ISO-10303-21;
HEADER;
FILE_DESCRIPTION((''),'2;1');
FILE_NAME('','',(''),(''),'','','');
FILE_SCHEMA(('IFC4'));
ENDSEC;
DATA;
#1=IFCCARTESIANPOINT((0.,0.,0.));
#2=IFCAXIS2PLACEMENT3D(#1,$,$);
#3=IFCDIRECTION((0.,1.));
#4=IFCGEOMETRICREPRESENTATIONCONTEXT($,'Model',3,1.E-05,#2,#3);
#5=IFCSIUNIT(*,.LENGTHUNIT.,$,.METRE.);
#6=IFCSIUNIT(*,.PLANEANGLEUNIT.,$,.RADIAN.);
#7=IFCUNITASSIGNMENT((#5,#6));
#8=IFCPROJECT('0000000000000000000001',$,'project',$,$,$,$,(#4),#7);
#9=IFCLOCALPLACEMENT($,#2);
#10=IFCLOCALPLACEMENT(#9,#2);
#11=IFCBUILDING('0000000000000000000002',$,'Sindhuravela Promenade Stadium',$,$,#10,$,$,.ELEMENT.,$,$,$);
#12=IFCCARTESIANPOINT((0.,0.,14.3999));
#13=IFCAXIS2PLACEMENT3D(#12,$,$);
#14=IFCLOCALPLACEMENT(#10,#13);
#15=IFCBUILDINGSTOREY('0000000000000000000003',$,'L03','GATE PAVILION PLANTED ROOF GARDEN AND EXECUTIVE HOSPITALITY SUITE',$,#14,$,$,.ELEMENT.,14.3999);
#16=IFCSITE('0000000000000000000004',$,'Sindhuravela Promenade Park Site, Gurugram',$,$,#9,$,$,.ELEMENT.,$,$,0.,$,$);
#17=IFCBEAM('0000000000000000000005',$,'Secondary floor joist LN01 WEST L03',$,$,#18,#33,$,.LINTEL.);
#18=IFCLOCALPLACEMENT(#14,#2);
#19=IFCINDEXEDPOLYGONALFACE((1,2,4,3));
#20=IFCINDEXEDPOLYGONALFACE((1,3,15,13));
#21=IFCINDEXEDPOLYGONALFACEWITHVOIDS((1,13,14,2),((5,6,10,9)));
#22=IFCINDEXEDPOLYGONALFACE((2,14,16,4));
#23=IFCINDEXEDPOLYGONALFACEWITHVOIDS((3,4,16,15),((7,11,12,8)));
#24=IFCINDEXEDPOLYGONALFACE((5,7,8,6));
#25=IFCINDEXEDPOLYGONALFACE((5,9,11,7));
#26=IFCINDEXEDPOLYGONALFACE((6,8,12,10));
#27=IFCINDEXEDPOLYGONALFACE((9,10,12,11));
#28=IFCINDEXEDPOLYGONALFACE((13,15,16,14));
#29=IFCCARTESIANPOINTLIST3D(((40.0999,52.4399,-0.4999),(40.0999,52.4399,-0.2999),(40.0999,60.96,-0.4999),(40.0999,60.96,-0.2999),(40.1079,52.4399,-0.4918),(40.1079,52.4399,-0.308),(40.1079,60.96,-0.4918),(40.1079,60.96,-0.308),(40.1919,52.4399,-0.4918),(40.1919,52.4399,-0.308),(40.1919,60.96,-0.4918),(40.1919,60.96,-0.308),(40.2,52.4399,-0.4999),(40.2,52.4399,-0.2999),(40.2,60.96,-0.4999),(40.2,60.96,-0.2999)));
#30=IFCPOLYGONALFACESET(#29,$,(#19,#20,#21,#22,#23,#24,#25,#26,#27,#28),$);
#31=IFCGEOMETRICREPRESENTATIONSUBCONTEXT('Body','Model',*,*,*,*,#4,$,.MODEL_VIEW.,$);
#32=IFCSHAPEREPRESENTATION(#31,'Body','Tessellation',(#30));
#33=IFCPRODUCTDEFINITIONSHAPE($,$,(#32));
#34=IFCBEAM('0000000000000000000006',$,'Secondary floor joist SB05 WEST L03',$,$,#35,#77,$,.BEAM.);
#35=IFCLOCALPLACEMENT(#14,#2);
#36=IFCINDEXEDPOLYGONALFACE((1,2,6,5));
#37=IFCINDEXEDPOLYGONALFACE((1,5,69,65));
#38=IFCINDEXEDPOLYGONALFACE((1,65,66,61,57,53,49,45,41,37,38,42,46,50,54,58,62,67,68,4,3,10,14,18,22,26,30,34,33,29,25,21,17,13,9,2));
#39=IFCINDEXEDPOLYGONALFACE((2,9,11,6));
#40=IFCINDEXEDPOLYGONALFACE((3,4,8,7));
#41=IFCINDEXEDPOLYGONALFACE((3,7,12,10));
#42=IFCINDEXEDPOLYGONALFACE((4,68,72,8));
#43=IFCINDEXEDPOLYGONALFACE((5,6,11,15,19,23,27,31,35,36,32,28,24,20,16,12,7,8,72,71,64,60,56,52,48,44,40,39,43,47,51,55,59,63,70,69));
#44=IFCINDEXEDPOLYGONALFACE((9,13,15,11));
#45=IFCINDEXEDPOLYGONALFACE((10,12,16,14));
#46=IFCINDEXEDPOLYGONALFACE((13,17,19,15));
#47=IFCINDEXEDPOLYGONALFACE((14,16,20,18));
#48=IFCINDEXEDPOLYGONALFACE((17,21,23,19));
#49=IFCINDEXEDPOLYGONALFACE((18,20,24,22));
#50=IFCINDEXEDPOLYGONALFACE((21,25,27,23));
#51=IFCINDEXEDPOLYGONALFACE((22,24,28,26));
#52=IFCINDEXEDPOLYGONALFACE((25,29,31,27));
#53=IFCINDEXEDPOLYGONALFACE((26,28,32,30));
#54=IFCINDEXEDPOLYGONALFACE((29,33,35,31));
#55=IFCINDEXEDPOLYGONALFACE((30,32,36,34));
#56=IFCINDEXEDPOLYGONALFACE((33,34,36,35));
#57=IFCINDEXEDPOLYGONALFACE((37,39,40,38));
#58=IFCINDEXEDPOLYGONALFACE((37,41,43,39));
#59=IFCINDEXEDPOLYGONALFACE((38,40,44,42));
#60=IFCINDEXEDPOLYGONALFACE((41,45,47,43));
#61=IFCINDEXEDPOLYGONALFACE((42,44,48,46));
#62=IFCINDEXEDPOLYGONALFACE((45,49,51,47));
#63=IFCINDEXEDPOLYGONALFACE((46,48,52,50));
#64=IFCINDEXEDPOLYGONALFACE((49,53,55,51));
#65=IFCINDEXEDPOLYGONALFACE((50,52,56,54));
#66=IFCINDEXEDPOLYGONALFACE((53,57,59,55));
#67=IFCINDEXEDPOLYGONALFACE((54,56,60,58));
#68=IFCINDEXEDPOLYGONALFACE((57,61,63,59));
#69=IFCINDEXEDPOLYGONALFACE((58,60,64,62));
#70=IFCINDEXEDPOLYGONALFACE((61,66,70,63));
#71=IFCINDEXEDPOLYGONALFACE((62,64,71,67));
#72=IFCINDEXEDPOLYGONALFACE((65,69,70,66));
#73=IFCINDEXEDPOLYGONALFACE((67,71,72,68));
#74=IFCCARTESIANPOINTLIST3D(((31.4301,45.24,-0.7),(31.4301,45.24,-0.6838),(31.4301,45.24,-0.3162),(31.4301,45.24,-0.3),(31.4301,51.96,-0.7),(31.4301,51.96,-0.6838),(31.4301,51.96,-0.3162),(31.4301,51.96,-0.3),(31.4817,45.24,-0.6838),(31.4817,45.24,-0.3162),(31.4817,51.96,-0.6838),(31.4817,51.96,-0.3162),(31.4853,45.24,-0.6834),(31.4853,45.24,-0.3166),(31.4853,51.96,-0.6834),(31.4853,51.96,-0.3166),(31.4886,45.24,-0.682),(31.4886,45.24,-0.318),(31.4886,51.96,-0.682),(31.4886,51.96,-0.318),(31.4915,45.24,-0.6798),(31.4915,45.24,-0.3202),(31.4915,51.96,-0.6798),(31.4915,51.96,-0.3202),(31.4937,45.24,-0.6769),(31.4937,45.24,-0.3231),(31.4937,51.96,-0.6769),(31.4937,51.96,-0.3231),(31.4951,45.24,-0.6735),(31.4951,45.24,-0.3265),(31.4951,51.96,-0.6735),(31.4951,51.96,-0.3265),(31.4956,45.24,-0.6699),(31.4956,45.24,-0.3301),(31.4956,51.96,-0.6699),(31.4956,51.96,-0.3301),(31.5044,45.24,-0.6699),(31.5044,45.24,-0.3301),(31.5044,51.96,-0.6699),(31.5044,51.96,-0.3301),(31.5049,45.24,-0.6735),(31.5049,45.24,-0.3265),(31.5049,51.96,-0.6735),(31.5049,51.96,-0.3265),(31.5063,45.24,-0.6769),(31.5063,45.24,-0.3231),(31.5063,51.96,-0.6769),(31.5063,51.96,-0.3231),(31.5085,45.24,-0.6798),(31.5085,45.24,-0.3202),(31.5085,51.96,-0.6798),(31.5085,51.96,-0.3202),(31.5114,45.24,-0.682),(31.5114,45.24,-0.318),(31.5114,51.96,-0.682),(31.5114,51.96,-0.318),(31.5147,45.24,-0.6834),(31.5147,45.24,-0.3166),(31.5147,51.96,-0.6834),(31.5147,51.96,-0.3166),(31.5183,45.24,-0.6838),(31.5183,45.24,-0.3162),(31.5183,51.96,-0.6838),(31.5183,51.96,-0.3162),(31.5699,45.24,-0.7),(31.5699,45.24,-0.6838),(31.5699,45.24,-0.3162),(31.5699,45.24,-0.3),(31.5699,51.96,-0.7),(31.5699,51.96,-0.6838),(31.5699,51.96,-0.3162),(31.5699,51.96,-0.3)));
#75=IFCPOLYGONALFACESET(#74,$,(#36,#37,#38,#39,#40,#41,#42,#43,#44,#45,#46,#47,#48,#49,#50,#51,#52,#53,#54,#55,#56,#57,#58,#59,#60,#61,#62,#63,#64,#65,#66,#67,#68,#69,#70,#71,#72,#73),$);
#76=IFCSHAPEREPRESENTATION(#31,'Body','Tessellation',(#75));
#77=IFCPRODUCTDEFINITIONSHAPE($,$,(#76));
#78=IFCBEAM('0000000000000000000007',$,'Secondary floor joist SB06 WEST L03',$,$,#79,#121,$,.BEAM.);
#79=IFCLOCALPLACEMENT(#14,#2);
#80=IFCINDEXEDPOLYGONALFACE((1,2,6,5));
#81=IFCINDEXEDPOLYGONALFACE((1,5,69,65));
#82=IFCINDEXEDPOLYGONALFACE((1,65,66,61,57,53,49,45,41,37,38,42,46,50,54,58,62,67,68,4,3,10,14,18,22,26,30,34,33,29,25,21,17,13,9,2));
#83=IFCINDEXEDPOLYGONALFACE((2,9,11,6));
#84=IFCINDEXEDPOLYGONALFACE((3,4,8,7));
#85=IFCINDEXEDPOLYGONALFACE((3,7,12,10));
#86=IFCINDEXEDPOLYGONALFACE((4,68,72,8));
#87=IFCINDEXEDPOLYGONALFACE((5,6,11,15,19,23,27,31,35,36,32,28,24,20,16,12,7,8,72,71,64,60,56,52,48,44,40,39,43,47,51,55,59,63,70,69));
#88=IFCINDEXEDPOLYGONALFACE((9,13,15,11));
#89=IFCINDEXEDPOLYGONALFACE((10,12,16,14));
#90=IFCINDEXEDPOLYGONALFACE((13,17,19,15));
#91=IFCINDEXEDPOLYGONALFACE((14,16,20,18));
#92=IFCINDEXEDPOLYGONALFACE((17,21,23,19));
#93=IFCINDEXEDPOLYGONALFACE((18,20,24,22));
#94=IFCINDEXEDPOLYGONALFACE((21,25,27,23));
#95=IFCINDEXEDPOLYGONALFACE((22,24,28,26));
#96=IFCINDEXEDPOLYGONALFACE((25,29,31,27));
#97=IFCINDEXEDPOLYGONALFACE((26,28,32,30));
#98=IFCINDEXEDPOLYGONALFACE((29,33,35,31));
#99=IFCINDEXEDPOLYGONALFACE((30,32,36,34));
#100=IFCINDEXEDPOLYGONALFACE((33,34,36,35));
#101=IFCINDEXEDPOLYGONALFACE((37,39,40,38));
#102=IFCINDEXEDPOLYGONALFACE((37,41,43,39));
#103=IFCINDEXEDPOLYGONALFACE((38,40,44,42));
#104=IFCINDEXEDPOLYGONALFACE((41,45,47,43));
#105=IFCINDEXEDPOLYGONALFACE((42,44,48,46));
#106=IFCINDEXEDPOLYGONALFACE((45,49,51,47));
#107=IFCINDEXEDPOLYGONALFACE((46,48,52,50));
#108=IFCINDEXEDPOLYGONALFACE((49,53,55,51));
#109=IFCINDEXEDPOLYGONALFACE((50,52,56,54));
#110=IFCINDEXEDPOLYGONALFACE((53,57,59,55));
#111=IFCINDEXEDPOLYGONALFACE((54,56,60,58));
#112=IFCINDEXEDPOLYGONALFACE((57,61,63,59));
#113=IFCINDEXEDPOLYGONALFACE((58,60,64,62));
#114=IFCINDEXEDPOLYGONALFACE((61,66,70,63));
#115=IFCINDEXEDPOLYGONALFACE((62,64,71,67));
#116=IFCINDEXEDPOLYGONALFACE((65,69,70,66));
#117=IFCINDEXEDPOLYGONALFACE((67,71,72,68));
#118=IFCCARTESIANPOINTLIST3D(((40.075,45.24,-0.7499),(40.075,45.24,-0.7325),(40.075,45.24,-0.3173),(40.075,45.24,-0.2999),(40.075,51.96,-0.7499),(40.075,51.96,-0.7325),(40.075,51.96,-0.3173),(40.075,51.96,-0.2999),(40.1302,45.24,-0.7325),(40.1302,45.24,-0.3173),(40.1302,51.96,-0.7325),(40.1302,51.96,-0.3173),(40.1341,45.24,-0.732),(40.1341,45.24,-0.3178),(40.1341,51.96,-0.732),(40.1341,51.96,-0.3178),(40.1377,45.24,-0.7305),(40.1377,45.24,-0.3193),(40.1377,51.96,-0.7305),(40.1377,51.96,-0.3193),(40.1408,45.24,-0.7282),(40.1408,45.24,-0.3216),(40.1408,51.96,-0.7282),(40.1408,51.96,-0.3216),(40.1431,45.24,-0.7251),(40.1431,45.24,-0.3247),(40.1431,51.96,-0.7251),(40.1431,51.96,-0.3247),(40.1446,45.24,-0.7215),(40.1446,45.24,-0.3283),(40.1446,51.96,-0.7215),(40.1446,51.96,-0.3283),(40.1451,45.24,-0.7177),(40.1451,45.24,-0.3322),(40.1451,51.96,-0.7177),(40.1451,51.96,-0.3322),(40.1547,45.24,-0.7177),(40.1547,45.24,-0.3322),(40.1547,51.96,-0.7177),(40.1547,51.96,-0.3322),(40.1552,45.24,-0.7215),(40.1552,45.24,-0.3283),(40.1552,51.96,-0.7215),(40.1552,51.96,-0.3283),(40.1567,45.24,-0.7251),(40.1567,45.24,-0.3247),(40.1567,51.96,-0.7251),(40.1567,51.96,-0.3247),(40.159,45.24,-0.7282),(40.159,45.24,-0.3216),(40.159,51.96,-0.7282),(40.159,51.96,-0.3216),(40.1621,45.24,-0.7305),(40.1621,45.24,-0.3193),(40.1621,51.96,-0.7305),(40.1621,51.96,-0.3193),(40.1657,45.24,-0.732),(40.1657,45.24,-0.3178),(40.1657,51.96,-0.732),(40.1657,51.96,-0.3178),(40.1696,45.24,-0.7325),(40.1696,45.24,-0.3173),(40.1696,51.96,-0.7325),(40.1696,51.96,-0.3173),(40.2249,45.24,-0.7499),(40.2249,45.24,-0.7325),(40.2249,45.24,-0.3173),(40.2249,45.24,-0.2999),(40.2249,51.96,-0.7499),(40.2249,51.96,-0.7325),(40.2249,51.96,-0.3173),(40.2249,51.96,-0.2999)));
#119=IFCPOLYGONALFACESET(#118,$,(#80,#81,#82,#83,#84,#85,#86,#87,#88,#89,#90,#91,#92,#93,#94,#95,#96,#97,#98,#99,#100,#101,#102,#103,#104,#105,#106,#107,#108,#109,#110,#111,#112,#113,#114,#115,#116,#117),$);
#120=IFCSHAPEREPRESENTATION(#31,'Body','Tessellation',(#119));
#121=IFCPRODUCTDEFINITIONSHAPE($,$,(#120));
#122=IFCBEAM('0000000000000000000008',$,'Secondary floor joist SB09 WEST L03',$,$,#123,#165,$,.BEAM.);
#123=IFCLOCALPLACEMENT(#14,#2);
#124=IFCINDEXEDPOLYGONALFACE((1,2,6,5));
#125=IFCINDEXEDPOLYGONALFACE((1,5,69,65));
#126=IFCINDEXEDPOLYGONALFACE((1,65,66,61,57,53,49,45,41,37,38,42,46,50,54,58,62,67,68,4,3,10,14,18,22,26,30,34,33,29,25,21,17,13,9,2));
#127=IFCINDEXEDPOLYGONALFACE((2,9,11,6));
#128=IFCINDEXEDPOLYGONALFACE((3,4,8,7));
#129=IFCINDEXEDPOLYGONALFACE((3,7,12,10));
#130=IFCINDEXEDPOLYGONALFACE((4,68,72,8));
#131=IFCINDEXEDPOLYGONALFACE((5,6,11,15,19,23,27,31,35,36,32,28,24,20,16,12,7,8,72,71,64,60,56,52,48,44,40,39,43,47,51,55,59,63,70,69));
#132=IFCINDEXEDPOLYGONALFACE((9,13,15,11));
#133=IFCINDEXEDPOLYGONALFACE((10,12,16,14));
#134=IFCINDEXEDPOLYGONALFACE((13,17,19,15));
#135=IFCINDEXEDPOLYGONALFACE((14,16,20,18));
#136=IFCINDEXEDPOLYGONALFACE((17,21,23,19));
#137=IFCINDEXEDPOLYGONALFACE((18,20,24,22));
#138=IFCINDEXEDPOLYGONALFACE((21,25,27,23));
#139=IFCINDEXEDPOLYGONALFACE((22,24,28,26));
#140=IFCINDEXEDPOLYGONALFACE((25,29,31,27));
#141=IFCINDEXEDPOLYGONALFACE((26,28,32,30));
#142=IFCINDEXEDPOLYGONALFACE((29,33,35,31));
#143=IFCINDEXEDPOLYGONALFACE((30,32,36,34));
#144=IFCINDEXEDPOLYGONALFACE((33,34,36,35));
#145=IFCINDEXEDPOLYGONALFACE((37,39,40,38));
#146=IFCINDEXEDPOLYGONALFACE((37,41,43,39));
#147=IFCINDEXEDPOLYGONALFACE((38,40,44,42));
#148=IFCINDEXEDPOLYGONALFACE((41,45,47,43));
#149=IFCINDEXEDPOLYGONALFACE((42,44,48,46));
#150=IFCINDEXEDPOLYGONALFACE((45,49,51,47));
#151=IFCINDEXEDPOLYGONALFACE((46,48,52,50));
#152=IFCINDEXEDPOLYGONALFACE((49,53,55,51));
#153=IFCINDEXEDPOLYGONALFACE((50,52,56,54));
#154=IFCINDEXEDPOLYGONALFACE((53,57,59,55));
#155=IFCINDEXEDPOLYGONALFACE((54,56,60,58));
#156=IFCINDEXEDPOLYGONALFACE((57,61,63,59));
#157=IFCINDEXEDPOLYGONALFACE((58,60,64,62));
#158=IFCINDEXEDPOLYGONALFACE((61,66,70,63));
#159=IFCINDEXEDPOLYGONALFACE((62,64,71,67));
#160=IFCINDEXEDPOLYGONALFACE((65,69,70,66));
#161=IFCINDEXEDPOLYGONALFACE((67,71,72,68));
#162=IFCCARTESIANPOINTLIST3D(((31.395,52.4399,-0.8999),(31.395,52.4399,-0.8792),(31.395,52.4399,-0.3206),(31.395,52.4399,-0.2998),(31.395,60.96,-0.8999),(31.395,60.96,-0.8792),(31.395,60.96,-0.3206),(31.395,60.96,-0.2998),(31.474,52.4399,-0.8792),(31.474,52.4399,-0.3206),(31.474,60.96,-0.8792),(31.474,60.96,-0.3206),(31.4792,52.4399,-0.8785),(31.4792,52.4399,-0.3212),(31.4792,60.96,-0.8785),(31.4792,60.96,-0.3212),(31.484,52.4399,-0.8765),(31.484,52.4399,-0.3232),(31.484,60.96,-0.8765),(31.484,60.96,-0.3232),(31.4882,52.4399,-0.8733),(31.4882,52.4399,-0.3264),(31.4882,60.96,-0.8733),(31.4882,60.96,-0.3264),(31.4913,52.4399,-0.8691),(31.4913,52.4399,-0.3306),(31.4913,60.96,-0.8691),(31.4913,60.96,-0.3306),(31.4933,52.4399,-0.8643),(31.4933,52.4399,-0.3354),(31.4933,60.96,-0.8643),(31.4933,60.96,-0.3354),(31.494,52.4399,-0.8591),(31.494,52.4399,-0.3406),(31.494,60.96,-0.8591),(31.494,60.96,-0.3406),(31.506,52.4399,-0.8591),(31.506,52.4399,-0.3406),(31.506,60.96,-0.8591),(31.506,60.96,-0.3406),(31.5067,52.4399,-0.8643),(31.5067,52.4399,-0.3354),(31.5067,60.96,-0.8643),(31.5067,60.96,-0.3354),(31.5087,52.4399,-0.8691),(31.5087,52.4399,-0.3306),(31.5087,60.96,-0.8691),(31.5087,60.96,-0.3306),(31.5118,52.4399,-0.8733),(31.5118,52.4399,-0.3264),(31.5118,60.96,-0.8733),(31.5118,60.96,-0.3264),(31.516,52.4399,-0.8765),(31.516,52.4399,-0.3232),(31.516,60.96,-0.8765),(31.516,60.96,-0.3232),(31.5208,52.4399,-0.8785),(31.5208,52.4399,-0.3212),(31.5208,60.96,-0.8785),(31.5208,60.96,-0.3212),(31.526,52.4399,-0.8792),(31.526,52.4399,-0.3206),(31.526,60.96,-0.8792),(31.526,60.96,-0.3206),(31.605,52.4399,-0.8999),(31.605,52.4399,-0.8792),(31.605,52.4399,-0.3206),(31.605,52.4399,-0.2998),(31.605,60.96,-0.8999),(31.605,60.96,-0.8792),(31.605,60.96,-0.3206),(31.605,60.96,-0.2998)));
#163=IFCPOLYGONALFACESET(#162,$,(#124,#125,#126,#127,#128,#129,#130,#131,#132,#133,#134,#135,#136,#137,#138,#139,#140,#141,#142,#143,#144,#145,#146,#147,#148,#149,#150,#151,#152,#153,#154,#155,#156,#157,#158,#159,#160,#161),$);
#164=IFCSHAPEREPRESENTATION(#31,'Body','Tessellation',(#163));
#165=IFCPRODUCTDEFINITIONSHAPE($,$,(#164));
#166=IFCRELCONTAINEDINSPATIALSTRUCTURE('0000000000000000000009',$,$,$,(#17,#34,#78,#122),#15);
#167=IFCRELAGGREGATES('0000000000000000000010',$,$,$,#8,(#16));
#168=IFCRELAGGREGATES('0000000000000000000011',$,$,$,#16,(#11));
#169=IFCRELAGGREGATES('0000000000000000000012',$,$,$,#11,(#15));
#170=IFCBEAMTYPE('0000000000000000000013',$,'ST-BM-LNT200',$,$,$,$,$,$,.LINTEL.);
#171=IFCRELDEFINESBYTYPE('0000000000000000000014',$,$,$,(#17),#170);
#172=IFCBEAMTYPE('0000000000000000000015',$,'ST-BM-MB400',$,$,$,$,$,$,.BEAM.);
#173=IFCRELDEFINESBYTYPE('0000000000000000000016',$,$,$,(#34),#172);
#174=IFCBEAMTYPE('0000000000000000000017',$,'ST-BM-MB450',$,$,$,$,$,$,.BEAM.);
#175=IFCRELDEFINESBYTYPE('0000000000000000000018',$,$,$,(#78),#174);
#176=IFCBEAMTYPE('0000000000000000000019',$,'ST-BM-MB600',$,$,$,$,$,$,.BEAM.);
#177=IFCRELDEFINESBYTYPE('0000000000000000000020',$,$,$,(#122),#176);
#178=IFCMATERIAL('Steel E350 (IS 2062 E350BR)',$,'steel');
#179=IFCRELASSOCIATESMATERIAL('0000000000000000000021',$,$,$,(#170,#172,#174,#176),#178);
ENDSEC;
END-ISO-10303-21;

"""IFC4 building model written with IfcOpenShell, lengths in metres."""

from ifc_helpers import new_model, si_unit, direction, frame, origin, origin_2d, place, context, subcontext, project, spatial, hollow_rectangle, i_section, extrude, material, material_profile, profile_set, type_object, element, save


model = new_model("IFC4")

# Units and contexts
model_context = context("Model", 3, precision=1e-05, world=origin(), true_north=direction((0.0, 1.0)))
body_context = subcontext(model_context, "Body", "Model", "MODEL_VIEW")
ifc_project = project(units=[si_unit("LENGTHUNIT", "METRE"), si_unit("PLANEANGLEUNIT", "RADIAN")], contexts=[model_context])

# Site, building, storey
site_placement = place(None, origin())
site = spatial("IfcSite", under=ifc_project, at=site_placement, Name="Sindhuravela Promenade Park Site, Gurugram", CompositionType="ELEMENT", RefElevation=0.0)
building_placement = place(site_placement, origin())
building = spatial("IfcBuilding", under=site, at=building_placement, Name="Sindhuravela Promenade Stadium", CompositionType="ELEMENT")
storey_placement = place(building_placement, frame((0.0, 0.0, 14.3999)))
storey = spatial("IfcBuildingStorey", under=building, at=storey_placement, Name="L03", Description="GATE PAVILION PLANTED ROOF GARDEN AND EXECUTIVE HOSPITALITY SUITE", CompositionType="ELEMENT", Elevation=14.3999)

# Beams
ifc_material_1 = material(Name="Steel E350 (IS 2062 E350BR)", Category="steel")
ifc_material_profile_1 = material_profile(ifc_material_1, hollow_rectangle(XDim=0.1001, YDim=0.2, WallThickness=0.0081, at=origin_2d()), Name="RHS 200x100x8")
ifc_profile_set_1 = profile_set([ifc_material_profile_1], Name="Steel E350 (IS 2062 E350BR)")
beam_type_1 = type_object("IfcBeamType", Name="ST-BM-LNT200", PredefinedType="LINTEL", material=ifc_profile_set_1)
beam_1_placement = place(storey_placement, frame((40.1499, 52.4399, -0.3999), z_axis=(0.0, 1.0, 0.0), x_axis=(-1.0, 0.0, 0.0)))
element("IfcBeam", 1, at=beam_1_placement, inside=storey, type_object=beam_type_1, Name="Secondary floor joist LN01 WEST L03", PredefinedType="LINTEL", context=body_context, shape_type="SweptSolid", body=[
    extrude(hollow_rectangle(XDim=0.1001, YDim=0.2, WallThickness=0.0081, at=origin_2d()), origin(), (0.0, 0.0, 1.0), 8.52),
])
ifc_material_profile_2 = material_profile(ifc_material_1, i_section(OverallWidth=0.1399, OverallDepth=0.3999, WebThickness=0.0088, FlangeThickness=0.0161, FilletRadius=0.0139, at=origin_2d()), Name="ISMB 400")
ifc_profile_set_2 = profile_set([ifc_material_profile_2], Name="Steel E350 (IS 2062 E350BR)")
beam_type_2 = type_object("IfcBeamType", Name="ST-BM-MB400", PredefinedType="BEAM", material=ifc_profile_set_2)
beam_2_placement = place(storey_placement, frame((31.5, 45.24, -0.5), z_axis=(0.0, 1.0, 0.0), x_axis=(-1.0, 0.0, 0.0)))
element("IfcBeam", 2, at=beam_2_placement, inside=storey, type_object=beam_type_2, Name="Secondary floor joist SB05 WEST L03", PredefinedType="BEAM", context=body_context, shape_type="SweptSolid", body=[
    extrude(i_section(OverallWidth=0.1399, OverallDepth=0.3999, WebThickness=0.0088, FlangeThickness=0.0161, FilletRadius=0.0139, at=origin_2d()), origin(), (0.0, 0.0, 1.0), 6.72),
])
ifc_material_profile_3 = material_profile(ifc_material_1, i_section(OverallWidth=0.1499, OverallDepth=0.45, WebThickness=0.0095, FlangeThickness=0.0173, FilletRadius=0.0149, at=origin_2d()), Name="ISMB 450")
ifc_profile_set_3 = profile_set([ifc_material_profile_3], Name="Steel E350 (IS 2062 E350BR)")
beam_type_3 = type_object("IfcBeamType", Name="ST-BM-MB450", PredefinedType="BEAM", material=ifc_profile_set_3)
beam_3_placement = place(storey_placement, frame((40.1499, 45.24, -0.5249), z_axis=(0.0, 1.0, 0.0), x_axis=(-1.0, 0.0, 0.0)))
element("IfcBeam", 3, at=beam_3_placement, inside=storey, type_object=beam_type_3, Name="Secondary floor joist SB06 WEST L03", PredefinedType="BEAM", context=body_context, shape_type="SweptSolid", body=[
    extrude(i_section(OverallWidth=0.1499, OverallDepth=0.45, WebThickness=0.0095, FlangeThickness=0.0173, FilletRadius=0.0149, at=origin_2d()), origin(), (0.0, 0.0, 1.0), 6.72),
])
ifc_material_profile_4 = material_profile(ifc_material_1, i_section(OverallWidth=0.21, OverallDepth=0.6001, WebThickness=0.012, FlangeThickness=0.0208, FilletRadius=0.02, at=origin_2d()), Name="ISMB 600")
ifc_profile_set_4 = profile_set([ifc_material_profile_4], Name="Steel E350 (IS 2062 E350BR)")
beam_type_4 = type_object("IfcBeamType", Name="ST-BM-MB600", PredefinedType="BEAM", material=ifc_profile_set_4)
beam_4_placement = place(storey_placement, frame((31.5, 52.4399, -0.5999), z_axis=(0.0, 1.0, 0.0), x_axis=(-1.0, 0.0, 0.0)))
element("IfcBeam", 4, at=beam_4_placement, inside=storey, type_object=beam_type_4, Name="Secondary floor joist SB09 WEST L03", PredefinedType="BEAM", context=body_context, shape_type="SweptSolid", body=[
    extrude(i_section(OverallWidth=0.21, OverallDepth=0.6001, WebThickness=0.012, FlangeThickness=0.0208, FilletRadius=0.02, at=origin_2d()), origin(), (0.0, 0.0, 1.0), 8.52),
])

save(model, "model.ifc")
